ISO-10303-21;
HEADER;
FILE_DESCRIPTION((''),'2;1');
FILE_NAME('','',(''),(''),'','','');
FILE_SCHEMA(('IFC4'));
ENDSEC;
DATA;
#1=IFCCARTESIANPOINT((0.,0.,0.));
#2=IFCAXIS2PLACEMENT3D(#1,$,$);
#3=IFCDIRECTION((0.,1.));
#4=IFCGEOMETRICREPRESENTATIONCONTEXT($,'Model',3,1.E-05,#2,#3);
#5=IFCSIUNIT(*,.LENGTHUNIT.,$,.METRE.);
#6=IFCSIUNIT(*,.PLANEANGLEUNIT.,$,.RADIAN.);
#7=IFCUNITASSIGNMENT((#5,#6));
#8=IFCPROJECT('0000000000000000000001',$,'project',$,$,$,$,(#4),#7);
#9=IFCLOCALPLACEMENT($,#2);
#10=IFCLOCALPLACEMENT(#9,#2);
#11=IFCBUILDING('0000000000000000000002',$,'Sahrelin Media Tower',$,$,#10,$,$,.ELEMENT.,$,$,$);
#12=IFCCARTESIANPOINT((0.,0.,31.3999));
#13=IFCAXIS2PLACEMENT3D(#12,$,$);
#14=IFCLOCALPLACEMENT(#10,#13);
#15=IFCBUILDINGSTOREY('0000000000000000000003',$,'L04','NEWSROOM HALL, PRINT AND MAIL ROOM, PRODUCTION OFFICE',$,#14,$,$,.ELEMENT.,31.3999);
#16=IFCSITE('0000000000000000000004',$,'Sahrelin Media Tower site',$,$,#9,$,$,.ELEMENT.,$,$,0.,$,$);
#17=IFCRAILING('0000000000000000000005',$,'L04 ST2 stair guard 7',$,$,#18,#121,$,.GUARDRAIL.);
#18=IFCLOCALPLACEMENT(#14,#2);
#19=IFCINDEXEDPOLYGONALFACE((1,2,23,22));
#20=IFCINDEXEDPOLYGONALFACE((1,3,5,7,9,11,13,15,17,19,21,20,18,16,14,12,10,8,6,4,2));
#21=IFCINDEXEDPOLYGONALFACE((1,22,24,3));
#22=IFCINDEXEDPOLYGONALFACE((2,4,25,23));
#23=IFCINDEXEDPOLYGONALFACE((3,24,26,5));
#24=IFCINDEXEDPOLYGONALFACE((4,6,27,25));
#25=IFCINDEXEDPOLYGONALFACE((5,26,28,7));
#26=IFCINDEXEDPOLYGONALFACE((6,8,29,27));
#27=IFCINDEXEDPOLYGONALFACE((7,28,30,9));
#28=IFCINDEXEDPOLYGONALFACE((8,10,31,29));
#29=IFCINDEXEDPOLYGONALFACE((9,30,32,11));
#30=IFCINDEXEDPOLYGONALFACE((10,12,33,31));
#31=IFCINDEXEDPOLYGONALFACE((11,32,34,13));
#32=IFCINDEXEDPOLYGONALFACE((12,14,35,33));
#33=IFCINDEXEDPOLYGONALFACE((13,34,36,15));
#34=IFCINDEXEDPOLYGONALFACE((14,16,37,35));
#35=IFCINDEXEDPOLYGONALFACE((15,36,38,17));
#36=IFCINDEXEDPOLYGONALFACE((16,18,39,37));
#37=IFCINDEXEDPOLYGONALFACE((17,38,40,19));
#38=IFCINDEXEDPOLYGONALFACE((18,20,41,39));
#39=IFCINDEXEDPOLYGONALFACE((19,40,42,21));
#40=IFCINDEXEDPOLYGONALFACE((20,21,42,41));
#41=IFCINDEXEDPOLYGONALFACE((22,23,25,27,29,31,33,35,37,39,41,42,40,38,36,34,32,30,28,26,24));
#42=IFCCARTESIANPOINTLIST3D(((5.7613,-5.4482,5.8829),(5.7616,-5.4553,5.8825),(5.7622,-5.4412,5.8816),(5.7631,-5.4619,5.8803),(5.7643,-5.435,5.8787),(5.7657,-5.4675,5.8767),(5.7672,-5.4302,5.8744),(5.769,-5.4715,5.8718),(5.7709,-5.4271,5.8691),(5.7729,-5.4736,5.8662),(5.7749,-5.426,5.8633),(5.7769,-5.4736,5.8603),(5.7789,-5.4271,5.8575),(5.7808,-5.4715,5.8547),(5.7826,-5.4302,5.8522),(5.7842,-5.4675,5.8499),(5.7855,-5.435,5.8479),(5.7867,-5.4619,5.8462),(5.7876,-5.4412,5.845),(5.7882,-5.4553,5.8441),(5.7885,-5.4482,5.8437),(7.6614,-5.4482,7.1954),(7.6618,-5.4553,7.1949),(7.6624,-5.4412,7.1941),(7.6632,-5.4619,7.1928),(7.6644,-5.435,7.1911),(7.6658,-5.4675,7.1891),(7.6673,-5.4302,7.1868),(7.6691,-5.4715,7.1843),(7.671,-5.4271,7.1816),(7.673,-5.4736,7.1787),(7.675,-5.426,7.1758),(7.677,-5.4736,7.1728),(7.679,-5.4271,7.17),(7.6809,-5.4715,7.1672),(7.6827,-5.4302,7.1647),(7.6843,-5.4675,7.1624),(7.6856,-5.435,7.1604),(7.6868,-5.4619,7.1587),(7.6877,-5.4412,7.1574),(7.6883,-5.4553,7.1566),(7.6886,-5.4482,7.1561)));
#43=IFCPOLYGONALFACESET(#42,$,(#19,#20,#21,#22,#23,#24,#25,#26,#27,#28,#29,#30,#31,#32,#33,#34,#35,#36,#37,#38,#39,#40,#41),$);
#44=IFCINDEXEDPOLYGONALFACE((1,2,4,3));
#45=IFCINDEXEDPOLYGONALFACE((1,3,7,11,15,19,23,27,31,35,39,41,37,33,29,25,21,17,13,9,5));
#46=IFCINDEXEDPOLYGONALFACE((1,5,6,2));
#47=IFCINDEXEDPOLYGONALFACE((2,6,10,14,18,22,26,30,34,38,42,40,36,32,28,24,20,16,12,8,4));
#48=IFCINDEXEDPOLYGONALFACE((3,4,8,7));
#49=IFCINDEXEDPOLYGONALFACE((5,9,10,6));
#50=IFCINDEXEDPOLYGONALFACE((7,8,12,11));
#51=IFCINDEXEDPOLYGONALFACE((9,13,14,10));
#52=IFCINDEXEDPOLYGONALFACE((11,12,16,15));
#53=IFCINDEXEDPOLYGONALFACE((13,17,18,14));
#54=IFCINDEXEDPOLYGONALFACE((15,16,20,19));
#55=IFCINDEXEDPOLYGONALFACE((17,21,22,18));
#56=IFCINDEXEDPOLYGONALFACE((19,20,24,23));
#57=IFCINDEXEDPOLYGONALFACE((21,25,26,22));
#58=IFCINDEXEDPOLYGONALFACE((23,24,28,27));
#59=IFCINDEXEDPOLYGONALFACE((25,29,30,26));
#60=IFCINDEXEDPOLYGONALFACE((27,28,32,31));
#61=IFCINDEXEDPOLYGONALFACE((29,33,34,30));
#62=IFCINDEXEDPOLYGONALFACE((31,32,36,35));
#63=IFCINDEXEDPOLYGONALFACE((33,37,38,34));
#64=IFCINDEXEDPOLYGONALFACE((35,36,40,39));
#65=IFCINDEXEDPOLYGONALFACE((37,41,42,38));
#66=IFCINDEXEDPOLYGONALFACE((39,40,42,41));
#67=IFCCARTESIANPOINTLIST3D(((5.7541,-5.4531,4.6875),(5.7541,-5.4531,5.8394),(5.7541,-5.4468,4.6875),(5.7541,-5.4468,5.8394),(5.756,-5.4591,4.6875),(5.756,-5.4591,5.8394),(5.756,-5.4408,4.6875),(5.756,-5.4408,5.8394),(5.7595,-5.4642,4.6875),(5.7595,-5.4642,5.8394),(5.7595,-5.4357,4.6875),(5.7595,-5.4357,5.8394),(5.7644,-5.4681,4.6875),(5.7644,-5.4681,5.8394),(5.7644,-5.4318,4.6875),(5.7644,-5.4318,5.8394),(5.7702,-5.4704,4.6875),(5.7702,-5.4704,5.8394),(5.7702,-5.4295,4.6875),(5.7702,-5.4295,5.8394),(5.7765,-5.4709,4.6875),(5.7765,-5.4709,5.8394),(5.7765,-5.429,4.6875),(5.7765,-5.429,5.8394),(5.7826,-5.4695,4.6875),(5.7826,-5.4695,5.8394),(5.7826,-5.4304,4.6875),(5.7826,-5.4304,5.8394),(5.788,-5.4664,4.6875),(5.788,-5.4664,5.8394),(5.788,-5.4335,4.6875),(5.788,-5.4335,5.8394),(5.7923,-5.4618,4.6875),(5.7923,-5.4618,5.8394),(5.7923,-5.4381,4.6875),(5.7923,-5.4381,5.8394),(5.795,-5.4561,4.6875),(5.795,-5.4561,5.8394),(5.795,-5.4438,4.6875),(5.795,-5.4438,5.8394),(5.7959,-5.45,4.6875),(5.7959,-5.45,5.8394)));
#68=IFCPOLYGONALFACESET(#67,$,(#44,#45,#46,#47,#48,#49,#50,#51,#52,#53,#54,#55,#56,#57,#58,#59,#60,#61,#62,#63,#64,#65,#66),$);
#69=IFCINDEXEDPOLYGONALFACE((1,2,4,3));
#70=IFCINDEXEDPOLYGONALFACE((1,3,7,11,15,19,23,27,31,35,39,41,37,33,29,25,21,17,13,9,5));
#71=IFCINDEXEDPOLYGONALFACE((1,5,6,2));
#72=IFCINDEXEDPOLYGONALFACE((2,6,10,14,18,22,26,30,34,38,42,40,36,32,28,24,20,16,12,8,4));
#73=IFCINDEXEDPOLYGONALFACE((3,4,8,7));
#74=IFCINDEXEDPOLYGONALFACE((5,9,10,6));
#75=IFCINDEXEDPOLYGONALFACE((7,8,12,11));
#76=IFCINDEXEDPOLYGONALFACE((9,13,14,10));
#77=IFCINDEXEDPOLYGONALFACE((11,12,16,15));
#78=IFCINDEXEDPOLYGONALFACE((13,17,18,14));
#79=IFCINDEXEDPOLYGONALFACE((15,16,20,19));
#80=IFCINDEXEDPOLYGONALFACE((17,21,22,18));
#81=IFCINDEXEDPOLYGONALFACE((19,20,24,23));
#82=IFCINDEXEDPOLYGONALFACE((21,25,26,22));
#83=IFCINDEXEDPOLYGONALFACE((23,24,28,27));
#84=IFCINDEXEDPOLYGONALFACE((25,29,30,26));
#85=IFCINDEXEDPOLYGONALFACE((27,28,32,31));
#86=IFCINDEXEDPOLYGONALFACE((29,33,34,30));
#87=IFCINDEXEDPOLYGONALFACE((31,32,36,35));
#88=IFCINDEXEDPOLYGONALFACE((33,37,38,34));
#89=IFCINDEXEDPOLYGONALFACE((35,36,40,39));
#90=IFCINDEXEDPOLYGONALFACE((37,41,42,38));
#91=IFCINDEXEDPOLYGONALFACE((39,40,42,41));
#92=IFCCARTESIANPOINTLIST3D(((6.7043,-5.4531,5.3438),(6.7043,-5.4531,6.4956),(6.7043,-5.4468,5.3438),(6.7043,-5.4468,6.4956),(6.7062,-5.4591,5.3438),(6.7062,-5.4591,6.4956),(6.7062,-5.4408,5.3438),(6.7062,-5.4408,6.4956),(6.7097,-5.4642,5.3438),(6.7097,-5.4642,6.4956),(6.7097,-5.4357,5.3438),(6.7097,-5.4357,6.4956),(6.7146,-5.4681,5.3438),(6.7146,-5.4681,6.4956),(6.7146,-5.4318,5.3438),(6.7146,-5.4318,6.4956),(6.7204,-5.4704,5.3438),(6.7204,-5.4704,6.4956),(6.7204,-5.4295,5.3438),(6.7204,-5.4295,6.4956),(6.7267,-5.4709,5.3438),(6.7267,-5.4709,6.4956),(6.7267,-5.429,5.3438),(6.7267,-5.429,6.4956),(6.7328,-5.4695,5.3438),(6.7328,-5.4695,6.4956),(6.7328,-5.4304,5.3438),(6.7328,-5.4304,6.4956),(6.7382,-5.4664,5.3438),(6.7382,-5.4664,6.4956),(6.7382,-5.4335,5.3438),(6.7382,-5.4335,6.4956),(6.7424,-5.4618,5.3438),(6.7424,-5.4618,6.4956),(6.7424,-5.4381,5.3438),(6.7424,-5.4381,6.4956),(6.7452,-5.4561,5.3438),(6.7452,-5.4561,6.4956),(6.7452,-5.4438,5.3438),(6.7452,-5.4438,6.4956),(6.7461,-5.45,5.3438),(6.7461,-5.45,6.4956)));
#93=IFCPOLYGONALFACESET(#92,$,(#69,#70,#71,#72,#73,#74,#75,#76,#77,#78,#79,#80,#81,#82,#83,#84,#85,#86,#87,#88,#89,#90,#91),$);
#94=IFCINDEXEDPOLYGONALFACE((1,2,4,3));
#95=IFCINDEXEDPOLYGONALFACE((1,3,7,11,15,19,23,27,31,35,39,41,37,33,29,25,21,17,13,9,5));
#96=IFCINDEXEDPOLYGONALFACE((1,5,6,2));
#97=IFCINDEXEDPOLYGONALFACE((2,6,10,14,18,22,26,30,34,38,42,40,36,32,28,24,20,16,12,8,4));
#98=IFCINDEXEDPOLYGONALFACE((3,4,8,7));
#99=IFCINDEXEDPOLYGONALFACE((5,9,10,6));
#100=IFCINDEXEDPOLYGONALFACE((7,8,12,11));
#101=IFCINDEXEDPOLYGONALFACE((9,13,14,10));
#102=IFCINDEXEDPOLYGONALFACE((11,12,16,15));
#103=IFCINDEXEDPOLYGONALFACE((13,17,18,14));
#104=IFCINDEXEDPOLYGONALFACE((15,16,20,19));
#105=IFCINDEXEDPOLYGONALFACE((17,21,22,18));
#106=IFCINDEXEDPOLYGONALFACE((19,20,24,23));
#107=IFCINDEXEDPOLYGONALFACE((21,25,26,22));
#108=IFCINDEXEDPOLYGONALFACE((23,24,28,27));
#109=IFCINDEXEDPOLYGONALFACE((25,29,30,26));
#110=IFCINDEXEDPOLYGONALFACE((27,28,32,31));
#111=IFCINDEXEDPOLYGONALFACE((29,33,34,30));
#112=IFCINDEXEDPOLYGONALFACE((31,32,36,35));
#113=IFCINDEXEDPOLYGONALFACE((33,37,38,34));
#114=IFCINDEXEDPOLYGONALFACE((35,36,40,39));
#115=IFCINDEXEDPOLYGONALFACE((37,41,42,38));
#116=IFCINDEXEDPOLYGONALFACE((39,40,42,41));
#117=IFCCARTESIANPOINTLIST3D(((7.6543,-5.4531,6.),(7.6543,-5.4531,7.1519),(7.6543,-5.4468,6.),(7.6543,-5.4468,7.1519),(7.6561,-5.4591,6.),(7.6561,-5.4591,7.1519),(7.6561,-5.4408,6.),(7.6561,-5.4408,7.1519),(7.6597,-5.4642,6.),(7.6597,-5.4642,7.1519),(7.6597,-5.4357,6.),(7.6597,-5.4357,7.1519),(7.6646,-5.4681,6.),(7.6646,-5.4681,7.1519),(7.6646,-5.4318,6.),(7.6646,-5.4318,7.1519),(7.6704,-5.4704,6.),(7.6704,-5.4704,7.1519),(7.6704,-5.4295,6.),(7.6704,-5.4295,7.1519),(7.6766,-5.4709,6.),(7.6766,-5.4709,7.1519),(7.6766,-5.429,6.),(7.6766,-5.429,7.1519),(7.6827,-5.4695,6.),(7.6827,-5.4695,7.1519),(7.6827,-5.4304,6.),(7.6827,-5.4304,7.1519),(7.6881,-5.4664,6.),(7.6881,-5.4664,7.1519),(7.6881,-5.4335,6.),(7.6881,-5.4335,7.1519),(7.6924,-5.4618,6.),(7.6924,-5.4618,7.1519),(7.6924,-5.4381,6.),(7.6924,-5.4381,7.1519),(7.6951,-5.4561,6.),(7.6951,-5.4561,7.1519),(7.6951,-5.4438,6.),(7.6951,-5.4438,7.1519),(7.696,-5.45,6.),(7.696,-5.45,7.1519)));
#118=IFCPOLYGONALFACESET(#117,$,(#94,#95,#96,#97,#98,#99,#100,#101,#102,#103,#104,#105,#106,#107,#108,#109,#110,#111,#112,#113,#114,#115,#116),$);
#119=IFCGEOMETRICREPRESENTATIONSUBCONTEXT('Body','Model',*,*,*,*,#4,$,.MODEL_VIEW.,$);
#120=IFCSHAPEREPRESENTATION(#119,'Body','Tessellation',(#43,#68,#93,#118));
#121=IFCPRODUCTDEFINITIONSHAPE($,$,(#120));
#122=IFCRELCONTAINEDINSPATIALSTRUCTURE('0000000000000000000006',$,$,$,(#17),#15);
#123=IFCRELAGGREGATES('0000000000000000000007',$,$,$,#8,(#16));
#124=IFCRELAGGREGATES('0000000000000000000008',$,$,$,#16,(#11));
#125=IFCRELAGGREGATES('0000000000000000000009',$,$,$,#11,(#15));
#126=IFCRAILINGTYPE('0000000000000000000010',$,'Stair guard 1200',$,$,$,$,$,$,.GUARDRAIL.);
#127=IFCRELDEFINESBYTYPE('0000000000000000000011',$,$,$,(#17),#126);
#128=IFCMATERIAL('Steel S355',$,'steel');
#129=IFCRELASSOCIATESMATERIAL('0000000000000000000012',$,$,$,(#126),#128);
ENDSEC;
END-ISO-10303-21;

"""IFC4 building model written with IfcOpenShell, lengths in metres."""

from ifc_helpers import new_model, si_unit, direction, frame, origin, origin_2d, place, context, subcontext, project, spatial, circle, extrude, material, type_object, element, save


model = new_model("IFC4")

# Units and contexts
model_context = context("Model", 3, precision=1e-05, world=origin(), true_north=direction((0.0, 1.0)))
body_context = subcontext(model_context, "Body", "Model", "MODEL_VIEW")
ifc_project = project(units=[si_unit("LENGTHUNIT", "METRE"), si_unit("PLANEANGLEUNIT", "RADIAN")], contexts=[model_context])

# Site, building, storey
site_placement = place(None, origin())
site = spatial("IfcSite", under=ifc_project, at=site_placement, Name="Sahrelin Media Tower site", CompositionType="ELEMENT", RefElevation=0.0)
building_placement = place(site_placement, origin())
building = spatial("IfcBuilding", under=site, at=building_placement, Name="Sahrelin Media Tower", CompositionType="ELEMENT")
storey_placement = place(building_placement, frame((0.0, 0.0, 31.3999)))
storey = spatial("IfcBuildingStorey", under=building, at=storey_placement, Name="L04", Description="NEWSROOM HALL, PRINT AND MAIL ROOM, PRODUCTION OFFICE", CompositionType="ELEMENT", Elevation=31.3999)

# Shared definitions
ifc_material_1 = material(Name="Steel S355", Category="steel")

# Railing
railing_type_1 = type_object("IfcRailingType", Name="Stair guard 1200", PredefinedType="GUARDRAIL", material=ifc_material_1)
railing_1_placement = place(storey_placement, frame((5.7749, -5.45, 4.6875)))
element("IfcRailing", 1, at=railing_1_placement, inside=storey, type_object=railing_type_1, Name="L04 ST2 stair guard 7", PredefinedType="GUARDRAIL", context=body_context, shape_type="SweptSolid", body=[
    extrude(circle(Radius=0.0239, at=origin_2d()), frame((0.0, 0.0, 1.1758), z_axis=(0.822797, 0.0, 0.568336), x_axis=(0.0, 1.0, 0.0)), (0.0, 0.0, 1.0), 2.3093),
    extrude(circle(Radius=0.021, at=origin_2d()), origin(), (0.0, 0.0, 1.0), 1.1519),
    extrude(circle(Radius=0.021, at=origin_2d()), frame((0.9502, 0.0, 0.6562)), (0.0, 0.0, 1.0), 1.1519),
    extrude(circle(Radius=0.021, at=origin_2d()), frame((1.9001, 0.0, 1.3125)), (0.0, 0.0, 1.0), 1.1519),
])

save(model, "model.ifc")
